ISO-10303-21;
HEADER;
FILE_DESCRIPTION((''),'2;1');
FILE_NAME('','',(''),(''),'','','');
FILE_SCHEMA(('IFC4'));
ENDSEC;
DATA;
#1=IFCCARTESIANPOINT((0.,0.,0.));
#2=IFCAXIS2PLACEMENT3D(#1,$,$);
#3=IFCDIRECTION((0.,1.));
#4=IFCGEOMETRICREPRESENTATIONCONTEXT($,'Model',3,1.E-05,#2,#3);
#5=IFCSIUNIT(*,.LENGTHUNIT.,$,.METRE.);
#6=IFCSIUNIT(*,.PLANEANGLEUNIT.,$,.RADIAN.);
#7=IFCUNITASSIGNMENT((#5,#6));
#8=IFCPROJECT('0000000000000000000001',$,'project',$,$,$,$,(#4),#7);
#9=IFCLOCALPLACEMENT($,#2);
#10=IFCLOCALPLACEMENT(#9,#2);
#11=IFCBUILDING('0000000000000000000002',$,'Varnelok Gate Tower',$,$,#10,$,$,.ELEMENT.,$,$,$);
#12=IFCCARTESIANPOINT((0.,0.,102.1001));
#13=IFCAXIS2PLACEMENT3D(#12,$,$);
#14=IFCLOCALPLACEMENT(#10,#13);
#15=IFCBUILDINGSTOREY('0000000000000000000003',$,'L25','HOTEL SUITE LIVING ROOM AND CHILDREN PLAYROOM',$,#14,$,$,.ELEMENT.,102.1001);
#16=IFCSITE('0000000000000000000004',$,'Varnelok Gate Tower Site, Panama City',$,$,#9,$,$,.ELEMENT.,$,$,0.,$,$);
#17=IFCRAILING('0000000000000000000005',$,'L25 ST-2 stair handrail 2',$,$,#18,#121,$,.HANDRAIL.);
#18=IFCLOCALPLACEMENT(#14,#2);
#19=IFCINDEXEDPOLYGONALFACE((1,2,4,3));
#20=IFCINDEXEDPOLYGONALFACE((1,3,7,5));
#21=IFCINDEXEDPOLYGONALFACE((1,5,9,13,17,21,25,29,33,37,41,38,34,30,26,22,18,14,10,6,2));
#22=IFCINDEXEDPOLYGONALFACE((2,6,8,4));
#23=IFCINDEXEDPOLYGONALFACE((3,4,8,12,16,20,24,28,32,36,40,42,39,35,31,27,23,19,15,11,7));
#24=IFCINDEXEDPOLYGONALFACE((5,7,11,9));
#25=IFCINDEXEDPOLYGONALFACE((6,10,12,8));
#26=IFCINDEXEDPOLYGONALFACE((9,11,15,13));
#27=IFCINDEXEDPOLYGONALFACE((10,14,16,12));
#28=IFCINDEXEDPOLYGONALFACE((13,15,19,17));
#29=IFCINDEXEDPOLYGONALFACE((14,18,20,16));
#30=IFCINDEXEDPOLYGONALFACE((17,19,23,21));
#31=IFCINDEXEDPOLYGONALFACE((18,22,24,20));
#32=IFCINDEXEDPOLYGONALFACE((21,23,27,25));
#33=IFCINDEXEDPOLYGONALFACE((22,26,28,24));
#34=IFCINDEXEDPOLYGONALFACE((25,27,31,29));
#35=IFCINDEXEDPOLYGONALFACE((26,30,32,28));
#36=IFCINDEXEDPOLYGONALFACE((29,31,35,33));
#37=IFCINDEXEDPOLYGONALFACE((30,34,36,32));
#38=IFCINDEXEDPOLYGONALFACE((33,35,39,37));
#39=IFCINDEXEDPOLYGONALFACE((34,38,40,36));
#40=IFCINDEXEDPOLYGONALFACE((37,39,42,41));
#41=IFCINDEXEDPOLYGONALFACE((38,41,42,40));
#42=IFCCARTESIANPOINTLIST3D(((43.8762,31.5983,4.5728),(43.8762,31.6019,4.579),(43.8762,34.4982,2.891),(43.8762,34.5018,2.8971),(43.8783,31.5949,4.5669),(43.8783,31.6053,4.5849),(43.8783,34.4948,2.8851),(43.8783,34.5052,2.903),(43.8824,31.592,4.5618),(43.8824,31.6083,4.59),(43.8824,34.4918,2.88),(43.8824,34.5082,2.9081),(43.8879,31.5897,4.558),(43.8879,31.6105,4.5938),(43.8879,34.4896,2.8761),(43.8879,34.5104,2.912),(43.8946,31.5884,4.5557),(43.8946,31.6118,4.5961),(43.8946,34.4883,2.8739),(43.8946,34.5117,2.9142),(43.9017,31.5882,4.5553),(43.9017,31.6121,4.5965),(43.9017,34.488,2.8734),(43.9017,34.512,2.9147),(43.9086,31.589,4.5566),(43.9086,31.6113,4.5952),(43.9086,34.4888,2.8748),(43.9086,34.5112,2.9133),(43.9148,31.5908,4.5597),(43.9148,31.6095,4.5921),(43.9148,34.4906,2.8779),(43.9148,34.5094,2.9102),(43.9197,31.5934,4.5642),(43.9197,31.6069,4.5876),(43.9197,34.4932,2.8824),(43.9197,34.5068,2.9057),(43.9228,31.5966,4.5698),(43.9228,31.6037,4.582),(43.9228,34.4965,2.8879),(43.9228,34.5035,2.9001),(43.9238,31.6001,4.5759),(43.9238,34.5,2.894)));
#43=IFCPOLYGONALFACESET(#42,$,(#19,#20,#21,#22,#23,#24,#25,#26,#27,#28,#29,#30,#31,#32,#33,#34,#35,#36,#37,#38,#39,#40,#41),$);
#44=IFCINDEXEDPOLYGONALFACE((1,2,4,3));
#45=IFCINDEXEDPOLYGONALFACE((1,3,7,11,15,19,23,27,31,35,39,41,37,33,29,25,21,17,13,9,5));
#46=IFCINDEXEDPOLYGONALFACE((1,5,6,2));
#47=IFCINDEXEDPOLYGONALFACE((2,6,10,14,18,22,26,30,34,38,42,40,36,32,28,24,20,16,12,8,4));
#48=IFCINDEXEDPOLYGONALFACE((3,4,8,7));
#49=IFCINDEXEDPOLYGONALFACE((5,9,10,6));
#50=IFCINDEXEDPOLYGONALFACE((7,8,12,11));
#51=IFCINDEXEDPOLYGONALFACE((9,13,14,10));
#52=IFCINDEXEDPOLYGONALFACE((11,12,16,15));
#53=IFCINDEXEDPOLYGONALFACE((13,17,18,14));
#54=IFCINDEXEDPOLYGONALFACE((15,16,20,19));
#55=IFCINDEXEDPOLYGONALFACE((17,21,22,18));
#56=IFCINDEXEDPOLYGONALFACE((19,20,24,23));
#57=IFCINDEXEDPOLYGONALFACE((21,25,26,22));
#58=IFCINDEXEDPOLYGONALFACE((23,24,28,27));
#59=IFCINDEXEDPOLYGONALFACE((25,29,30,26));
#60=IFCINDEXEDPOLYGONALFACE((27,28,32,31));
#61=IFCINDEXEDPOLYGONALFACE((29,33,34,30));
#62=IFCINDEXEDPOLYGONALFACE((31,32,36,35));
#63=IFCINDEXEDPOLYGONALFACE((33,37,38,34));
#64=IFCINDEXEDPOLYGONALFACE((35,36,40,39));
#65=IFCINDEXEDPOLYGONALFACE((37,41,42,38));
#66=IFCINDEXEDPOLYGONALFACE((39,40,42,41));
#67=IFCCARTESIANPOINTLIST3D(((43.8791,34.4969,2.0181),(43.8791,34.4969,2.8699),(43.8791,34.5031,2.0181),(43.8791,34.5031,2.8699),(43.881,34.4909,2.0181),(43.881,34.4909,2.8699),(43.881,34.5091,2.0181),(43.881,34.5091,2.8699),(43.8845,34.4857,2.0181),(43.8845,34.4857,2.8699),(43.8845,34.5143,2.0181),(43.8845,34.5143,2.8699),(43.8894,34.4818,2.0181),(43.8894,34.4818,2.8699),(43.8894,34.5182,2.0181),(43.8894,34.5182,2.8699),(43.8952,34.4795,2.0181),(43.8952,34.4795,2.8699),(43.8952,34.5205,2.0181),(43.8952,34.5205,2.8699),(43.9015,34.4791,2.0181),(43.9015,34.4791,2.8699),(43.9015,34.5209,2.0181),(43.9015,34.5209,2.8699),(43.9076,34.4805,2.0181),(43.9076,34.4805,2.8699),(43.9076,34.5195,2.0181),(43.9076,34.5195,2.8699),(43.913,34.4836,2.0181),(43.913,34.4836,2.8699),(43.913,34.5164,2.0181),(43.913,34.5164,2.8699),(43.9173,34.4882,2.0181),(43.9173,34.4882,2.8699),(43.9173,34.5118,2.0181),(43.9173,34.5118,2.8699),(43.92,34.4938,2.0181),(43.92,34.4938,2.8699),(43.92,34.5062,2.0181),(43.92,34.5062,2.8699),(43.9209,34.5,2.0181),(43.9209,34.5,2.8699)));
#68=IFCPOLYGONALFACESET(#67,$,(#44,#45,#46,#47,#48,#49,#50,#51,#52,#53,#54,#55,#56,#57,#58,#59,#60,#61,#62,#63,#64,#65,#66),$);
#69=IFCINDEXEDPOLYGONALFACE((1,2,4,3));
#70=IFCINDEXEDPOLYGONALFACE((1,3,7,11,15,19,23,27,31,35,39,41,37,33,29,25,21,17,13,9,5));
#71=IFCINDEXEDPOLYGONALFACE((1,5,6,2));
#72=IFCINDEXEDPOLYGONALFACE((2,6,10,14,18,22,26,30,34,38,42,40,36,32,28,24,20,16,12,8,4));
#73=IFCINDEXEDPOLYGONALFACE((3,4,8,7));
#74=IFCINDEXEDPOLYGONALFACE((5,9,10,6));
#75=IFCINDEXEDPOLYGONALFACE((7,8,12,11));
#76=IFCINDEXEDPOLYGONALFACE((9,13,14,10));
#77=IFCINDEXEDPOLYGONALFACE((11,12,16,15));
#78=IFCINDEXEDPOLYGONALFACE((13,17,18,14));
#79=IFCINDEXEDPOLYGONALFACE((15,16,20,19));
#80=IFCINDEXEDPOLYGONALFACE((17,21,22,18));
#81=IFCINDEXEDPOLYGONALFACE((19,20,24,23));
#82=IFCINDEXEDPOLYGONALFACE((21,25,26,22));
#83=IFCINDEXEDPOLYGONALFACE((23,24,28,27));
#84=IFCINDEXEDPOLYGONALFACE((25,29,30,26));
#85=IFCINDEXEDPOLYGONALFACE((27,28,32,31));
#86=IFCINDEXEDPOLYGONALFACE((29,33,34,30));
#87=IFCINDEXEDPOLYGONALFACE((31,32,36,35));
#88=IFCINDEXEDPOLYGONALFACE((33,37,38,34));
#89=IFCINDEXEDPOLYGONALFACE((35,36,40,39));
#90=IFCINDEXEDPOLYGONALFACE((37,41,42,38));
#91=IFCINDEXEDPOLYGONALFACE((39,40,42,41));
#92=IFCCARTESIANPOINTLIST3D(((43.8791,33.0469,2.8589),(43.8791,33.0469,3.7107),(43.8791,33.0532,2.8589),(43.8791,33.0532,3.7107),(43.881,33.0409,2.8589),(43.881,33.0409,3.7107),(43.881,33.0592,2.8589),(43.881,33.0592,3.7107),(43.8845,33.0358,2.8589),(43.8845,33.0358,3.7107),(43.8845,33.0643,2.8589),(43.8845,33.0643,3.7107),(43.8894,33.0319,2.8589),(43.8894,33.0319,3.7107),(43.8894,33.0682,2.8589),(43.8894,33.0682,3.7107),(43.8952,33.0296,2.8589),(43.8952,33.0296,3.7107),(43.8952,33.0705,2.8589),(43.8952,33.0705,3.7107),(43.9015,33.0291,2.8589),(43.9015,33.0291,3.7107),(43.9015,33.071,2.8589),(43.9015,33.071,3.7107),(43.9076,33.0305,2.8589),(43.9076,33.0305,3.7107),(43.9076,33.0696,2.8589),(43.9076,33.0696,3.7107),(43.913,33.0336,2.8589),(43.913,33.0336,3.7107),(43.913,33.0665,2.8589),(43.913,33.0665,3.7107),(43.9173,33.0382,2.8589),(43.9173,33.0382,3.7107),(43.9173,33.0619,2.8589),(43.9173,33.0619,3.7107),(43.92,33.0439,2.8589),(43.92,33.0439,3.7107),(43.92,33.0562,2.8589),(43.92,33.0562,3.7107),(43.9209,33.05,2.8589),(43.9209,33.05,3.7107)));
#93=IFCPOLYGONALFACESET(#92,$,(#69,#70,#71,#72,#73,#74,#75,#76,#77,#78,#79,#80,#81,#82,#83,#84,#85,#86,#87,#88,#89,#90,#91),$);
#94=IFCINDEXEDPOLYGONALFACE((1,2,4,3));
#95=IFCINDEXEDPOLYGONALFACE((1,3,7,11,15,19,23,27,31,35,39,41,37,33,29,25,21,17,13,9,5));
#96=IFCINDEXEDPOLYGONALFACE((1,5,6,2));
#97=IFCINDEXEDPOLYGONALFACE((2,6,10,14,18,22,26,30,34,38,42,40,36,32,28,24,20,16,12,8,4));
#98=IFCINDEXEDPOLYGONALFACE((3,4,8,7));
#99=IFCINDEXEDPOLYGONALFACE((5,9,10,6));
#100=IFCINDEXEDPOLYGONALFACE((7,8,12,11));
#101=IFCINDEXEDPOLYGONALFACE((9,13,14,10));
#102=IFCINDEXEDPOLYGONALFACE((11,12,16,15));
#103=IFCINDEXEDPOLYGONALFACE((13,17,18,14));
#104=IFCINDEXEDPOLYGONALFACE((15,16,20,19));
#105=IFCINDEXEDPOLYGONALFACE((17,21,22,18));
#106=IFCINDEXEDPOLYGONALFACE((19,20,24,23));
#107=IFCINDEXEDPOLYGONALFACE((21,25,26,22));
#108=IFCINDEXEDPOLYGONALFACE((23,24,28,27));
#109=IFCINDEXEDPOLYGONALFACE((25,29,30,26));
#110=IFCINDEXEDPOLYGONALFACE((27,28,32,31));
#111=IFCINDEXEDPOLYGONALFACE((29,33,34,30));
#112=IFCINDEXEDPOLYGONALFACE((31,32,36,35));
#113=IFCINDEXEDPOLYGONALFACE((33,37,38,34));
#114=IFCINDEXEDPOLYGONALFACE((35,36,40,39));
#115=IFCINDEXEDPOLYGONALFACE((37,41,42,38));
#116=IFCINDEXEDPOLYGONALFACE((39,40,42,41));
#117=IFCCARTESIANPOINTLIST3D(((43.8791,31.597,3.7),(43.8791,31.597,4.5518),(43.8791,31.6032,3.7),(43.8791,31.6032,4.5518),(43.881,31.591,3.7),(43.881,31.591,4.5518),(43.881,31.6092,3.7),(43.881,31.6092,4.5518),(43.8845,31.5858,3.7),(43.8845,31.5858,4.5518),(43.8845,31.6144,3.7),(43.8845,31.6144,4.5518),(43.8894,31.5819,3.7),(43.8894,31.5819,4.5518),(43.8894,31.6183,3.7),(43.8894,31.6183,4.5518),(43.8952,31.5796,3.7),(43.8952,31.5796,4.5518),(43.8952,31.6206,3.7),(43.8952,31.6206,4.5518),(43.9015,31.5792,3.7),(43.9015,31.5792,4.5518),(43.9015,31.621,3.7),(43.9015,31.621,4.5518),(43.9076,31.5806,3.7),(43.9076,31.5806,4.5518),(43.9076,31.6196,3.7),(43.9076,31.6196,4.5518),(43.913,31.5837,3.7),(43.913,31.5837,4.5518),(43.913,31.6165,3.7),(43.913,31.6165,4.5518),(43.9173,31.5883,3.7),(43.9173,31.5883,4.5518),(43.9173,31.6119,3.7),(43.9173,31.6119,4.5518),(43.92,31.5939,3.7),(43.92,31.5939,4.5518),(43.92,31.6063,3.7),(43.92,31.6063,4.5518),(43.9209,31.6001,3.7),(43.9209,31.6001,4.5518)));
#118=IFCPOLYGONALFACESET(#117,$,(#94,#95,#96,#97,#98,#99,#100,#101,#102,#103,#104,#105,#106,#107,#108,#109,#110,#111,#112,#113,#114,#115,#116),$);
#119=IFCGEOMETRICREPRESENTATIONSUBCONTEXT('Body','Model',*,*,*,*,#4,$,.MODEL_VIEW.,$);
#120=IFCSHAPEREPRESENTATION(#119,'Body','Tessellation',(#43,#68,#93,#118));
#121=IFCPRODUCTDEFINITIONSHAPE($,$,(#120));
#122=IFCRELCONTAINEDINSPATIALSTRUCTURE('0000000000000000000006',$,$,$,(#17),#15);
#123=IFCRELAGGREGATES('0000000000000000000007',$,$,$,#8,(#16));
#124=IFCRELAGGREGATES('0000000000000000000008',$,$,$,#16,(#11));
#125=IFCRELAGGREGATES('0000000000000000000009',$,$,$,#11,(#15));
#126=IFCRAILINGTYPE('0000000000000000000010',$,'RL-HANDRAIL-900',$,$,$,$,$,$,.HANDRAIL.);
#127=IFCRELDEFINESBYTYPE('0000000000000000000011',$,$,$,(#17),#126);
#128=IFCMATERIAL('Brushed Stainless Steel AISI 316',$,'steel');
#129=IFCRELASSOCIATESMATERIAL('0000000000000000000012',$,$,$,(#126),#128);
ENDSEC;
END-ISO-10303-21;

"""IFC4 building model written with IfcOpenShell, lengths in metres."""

from ifc_helpers import new_model, si_unit, direction, frame, origin, origin_2d, place, context, subcontext, project, spatial, circle, extrude, material, type_object, element, save


model = new_model("IFC4")

# Units and contexts
model_context = context("Model", 3, precision=1e-05, world=origin(), true_north=direction((0.0, 1.0)))
body_context = subcontext(model_context, "Body", "Model", "MODEL_VIEW")
ifc_project = project(units=[si_unit("LENGTHUNIT", "METRE"), si_unit("PLANEANGLEUNIT", "RADIAN")], contexts=[model_context])

# Site, building, storey
site_placement = place(None, origin())
site = spatial("IfcSite", under=ifc_project, at=site_placement, Name="Varnelok Gate Tower Site, Panama City", CompositionType="ELEMENT", RefElevation=0.0)
building_placement = place(site_placement, origin())
building = spatial("IfcBuilding", under=site, at=building_placement, Name="Varnelok Gate Tower", CompositionType="ELEMENT")
storey_placement = place(building_placement, frame((0.0, 0.0, 102.1001)))
storey = spatial("IfcBuildingStorey", under=building, at=storey_placement, Name="L25", Description="HOTEL SUITE LIVING ROOM AND CHILDREN PLAYROOM", CompositionType="ELEMENT", Elevation=102.1001)

# Railing
ifc_material_1 = material(Name="Brushed Stainless Steel AISI 316", Category="steel")
railing_type_1 = type_object("IfcRailingType", Name="RL-HANDRAIL-900", PredefinedType="HANDRAIL", material=ifc_material_1)
railing_1_placement = place(storey_placement, frame((43.8999, 34.5, 2.0181)))
element("IfcRailing", 1, at=railing_1_placement, inside=storey, type_object=railing_type_1, Name="L25 ST-2 stair handrail 2", PredefinedType="HANDRAIL", context=body_context, shape_type="SweptSolid", body=[
    extrude(circle(Radius=0.0239, at=origin_2d()), frame((0.0, 0.0, 0.876), z_axis=(0.0, -0.865039, 0.501705), x_axis=(1.0, 0.0, 0.0)), (0.0, 0.0, 1.0), 3.3523),
    extrude(circle(Radius=0.021, at=origin_2d()), origin(), (0.0, 0.0, 1.0), 0.8518),
    extrude(circle(Radius=0.021, at=origin_2d()), frame((0.0, -1.45, 0.8408)), (0.0, 0.0, 1.0), 0.8518),
    extrude(circle(Radius=0.021, at=origin_2d()), frame((0.0, -2.8999, 1.6819)), (0.0, 0.0, 1.0), 0.8518),
])

save(model, "model.ifc")
